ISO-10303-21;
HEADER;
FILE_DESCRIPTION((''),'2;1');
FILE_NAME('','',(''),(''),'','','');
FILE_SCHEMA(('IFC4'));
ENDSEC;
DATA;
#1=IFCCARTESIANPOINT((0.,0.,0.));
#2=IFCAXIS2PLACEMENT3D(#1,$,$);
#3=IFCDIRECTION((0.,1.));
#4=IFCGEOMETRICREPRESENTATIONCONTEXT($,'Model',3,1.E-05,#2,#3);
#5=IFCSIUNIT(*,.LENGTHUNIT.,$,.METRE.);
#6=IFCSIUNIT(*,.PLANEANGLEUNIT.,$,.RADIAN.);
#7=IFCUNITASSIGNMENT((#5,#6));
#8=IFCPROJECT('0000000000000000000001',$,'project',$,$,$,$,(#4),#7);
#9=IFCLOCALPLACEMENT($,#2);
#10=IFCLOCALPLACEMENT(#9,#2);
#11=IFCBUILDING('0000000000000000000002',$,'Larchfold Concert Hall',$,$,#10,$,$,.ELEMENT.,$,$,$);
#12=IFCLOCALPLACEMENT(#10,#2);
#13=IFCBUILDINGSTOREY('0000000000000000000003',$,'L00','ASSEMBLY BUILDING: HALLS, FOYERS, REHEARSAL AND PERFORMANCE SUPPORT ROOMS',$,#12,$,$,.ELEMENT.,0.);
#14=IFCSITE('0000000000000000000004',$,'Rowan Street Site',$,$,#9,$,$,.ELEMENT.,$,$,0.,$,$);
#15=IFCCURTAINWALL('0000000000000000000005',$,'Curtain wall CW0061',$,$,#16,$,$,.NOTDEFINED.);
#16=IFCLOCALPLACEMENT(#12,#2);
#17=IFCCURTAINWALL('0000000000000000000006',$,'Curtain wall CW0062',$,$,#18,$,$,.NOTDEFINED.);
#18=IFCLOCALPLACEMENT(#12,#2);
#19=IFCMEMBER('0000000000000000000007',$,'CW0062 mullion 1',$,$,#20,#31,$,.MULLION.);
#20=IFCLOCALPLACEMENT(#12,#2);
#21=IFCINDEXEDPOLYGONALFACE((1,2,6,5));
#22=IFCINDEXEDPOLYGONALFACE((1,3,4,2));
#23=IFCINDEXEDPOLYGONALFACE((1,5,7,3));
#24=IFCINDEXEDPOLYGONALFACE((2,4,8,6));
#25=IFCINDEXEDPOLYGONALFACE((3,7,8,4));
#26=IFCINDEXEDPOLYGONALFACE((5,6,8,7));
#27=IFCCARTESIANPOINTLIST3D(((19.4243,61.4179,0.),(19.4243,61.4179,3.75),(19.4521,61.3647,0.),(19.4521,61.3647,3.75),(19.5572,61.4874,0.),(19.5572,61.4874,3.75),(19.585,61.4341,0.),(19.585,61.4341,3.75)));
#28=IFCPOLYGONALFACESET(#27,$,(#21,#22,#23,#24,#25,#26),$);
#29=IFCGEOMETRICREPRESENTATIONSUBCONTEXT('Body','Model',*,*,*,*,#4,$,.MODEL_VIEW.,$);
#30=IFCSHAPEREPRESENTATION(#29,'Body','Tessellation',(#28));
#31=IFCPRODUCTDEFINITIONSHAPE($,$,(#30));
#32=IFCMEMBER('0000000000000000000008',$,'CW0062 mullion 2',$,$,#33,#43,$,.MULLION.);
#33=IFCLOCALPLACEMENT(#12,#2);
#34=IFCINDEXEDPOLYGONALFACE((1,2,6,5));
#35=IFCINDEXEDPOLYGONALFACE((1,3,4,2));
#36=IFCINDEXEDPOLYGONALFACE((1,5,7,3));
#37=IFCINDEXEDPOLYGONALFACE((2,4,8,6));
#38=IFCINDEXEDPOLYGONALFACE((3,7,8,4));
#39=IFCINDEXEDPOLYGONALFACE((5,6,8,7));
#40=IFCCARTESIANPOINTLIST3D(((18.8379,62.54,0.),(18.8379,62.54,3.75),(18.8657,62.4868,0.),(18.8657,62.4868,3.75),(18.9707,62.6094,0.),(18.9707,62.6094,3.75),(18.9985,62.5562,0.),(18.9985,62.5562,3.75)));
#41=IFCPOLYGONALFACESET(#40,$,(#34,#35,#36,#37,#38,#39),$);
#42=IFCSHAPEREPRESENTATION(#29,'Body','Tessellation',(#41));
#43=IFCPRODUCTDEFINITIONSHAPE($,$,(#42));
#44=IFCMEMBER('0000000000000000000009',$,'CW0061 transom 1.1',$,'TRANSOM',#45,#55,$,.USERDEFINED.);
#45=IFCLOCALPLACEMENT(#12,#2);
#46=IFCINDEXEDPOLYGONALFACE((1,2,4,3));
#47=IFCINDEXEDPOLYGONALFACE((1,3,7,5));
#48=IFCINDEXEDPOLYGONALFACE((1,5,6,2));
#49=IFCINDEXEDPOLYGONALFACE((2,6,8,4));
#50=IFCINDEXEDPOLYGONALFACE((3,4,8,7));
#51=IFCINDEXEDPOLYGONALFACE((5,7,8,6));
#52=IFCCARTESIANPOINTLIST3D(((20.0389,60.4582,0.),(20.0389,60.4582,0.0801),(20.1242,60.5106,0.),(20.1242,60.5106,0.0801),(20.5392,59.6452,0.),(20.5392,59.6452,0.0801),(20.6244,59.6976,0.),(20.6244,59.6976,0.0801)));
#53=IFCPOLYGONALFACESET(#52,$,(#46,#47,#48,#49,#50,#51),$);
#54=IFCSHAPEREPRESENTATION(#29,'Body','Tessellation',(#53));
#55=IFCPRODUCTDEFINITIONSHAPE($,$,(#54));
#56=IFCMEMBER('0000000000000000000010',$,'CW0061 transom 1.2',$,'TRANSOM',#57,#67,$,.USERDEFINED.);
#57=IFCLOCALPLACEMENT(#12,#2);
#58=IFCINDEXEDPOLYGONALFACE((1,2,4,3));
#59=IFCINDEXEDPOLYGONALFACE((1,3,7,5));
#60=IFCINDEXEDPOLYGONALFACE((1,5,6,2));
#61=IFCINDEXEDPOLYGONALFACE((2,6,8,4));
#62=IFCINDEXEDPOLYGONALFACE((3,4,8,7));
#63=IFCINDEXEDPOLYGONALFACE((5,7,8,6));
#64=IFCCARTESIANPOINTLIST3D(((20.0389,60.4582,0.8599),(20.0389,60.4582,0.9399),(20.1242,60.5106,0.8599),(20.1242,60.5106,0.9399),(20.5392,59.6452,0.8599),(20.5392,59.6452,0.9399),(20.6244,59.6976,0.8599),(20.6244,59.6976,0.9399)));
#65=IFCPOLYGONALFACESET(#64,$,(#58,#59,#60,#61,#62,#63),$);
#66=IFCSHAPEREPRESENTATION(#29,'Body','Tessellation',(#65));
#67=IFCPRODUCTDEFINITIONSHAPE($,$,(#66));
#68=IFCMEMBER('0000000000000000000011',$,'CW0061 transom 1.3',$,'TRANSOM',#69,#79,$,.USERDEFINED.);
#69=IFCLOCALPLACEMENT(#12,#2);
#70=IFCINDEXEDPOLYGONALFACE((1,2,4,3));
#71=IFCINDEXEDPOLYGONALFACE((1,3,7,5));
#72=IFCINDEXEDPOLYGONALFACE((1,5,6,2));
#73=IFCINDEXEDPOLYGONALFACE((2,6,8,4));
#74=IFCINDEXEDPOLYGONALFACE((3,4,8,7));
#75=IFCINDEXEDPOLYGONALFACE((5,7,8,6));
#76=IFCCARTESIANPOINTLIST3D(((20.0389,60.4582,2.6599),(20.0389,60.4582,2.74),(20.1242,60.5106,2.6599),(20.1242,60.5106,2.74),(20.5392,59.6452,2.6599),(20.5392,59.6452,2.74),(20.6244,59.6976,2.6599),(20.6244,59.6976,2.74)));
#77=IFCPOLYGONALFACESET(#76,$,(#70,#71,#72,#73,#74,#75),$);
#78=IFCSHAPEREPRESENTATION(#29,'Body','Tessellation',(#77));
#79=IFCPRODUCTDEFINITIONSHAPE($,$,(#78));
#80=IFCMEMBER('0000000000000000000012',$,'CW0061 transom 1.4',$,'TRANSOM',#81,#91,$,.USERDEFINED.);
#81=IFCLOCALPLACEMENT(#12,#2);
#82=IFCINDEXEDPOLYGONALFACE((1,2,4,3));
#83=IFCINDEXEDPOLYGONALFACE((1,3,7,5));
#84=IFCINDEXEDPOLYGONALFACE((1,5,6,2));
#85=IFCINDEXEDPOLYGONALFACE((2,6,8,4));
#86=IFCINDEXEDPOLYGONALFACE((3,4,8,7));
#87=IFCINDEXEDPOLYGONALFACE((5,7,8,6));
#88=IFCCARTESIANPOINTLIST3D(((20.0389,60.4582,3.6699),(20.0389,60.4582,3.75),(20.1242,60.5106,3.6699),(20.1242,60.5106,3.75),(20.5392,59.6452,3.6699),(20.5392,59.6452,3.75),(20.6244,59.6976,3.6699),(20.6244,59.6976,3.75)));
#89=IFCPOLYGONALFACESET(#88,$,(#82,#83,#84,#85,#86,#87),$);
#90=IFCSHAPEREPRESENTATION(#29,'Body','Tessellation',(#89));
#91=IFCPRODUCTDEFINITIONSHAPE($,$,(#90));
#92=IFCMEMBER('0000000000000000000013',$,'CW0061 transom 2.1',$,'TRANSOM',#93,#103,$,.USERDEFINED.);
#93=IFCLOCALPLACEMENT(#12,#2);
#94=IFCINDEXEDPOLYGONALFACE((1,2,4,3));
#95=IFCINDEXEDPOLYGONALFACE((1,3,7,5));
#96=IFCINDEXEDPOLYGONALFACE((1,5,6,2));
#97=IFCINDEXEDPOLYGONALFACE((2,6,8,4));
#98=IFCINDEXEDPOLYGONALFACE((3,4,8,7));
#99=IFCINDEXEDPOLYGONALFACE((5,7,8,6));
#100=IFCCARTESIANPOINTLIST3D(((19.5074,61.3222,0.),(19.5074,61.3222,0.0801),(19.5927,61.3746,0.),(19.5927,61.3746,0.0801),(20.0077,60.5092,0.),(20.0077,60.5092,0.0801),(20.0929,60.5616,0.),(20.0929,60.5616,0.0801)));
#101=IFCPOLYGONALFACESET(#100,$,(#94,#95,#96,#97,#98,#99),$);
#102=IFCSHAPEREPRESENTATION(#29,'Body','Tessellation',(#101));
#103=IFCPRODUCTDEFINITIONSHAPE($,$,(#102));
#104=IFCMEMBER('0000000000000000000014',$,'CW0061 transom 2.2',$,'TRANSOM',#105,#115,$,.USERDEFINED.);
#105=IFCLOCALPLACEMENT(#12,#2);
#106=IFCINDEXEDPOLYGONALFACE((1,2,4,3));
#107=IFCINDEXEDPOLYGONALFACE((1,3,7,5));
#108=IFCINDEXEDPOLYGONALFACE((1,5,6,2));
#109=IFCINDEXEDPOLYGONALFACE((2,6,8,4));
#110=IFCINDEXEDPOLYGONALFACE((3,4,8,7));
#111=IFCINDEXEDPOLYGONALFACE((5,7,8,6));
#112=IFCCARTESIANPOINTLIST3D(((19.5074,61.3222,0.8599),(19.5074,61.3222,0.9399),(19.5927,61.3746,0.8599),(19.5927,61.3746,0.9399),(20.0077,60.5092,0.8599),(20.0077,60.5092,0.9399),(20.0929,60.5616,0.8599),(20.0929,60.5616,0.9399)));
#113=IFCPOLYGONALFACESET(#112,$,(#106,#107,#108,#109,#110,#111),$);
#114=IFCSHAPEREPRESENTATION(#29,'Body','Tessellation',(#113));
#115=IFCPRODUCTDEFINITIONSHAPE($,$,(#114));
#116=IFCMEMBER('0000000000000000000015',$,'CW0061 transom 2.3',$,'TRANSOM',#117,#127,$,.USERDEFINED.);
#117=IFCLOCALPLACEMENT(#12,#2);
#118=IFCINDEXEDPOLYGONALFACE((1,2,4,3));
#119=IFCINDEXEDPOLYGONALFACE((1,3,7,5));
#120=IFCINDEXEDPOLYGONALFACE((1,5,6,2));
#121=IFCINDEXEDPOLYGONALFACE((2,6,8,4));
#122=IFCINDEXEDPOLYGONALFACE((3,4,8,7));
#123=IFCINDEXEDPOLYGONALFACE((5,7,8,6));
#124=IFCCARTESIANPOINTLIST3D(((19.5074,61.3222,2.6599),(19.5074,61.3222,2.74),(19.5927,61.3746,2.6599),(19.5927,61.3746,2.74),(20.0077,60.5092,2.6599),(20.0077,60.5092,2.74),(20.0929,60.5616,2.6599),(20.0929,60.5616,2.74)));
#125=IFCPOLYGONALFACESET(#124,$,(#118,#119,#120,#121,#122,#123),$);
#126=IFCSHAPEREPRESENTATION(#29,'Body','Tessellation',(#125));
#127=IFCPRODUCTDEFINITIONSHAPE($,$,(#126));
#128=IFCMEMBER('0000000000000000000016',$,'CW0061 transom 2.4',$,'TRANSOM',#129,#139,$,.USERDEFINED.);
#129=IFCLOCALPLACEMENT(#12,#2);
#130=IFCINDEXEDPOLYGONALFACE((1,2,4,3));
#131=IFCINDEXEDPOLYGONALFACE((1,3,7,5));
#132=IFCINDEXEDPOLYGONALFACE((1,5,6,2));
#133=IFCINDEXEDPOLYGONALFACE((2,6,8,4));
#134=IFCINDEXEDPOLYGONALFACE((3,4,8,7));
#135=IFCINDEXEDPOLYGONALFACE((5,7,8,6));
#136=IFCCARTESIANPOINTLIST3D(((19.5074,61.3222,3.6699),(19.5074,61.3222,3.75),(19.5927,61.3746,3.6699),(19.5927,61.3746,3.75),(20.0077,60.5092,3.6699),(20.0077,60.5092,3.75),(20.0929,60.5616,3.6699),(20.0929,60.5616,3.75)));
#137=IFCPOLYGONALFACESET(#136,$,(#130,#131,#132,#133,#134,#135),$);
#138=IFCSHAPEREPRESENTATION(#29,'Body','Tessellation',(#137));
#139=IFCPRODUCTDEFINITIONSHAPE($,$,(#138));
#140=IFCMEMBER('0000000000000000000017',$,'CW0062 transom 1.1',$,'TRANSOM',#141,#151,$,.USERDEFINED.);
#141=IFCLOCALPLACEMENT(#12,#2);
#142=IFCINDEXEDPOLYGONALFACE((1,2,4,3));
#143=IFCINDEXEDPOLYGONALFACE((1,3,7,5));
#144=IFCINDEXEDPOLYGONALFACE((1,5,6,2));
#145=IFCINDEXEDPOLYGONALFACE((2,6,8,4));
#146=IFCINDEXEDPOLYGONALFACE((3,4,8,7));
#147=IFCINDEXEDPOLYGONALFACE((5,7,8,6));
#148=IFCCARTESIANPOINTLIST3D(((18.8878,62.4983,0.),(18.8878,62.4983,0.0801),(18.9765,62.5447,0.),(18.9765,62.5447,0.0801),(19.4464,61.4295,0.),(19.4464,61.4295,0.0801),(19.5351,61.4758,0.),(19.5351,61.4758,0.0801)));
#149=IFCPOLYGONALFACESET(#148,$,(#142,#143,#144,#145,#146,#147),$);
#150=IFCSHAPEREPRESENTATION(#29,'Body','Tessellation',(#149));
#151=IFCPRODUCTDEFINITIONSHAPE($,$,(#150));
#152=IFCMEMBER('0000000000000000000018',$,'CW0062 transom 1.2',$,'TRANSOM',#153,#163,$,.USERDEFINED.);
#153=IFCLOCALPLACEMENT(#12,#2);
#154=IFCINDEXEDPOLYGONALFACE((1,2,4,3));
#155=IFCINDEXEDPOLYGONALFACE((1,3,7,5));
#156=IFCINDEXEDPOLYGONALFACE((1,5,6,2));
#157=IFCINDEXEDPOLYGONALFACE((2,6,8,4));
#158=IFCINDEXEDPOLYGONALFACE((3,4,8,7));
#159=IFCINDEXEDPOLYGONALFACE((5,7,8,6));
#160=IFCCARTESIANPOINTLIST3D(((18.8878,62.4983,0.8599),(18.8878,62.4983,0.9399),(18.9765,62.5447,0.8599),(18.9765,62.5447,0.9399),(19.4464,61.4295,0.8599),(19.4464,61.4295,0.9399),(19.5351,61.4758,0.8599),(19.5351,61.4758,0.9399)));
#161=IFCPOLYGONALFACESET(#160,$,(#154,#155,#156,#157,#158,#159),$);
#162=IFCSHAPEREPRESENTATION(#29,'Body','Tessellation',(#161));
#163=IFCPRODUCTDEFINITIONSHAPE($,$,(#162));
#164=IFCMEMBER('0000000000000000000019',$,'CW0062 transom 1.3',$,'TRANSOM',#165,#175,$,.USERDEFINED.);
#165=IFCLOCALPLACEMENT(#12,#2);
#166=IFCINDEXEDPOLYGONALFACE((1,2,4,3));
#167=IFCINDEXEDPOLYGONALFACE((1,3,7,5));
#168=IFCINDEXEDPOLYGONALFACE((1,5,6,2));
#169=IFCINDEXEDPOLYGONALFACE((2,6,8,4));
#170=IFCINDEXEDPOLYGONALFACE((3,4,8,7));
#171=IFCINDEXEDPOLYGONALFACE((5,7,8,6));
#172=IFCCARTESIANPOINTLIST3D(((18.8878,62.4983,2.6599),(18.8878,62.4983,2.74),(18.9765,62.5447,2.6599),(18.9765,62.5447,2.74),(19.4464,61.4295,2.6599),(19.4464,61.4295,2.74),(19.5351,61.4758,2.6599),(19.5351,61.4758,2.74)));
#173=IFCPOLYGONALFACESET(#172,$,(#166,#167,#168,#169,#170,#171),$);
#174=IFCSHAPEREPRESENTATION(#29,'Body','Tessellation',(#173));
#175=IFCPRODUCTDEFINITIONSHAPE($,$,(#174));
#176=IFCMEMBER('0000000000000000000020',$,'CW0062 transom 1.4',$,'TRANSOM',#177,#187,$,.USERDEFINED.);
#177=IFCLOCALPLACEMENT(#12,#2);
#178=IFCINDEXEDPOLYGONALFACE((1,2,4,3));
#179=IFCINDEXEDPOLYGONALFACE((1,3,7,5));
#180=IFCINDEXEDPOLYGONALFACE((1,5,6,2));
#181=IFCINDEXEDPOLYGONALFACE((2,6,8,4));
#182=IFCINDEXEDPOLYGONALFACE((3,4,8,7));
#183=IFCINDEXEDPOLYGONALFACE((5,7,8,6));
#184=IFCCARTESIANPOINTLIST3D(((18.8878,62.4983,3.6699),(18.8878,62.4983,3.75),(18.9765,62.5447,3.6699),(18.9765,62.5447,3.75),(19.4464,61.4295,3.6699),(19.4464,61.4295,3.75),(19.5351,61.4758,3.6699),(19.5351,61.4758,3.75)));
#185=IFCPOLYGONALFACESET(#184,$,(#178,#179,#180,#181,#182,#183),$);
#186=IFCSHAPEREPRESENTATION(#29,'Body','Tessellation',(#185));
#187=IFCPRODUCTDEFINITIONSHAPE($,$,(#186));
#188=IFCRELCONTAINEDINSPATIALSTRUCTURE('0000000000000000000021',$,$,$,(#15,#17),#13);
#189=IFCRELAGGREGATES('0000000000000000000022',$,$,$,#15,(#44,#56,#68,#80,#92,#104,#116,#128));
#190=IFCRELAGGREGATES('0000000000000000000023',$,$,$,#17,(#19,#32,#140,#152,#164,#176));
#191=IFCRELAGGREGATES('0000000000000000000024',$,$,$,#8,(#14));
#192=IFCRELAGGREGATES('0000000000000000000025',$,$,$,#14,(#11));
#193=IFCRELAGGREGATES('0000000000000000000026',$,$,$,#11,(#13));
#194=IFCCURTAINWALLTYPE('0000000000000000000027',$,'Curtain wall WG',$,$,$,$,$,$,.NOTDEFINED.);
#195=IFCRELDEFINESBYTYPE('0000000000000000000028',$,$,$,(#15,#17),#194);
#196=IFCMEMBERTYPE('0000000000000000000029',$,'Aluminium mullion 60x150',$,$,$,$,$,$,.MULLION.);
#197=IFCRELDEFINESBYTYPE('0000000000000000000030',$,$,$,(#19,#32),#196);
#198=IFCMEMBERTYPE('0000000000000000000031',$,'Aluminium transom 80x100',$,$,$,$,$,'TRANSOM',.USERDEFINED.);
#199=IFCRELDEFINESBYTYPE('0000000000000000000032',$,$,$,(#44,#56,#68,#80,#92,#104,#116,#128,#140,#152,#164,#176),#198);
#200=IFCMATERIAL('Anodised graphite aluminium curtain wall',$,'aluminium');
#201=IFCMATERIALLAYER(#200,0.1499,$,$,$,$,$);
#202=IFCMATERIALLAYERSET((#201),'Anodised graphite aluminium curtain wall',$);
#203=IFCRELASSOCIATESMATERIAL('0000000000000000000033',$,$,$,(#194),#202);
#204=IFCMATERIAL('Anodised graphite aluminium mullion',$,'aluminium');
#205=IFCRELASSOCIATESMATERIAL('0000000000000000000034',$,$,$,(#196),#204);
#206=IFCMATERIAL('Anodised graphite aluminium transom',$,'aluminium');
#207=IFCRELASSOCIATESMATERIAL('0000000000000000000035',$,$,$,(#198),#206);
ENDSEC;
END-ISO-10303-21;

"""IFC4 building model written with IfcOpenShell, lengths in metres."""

from ifc_helpers import new_model, si_unit, direction, frame, origin, origin_2d, place, context, subcontext, project, spatial, rectangle, extrude, material, layer, layer_set, material_profile, profile_set, type_object, element, aggregate, save


model = new_model("IFC4")

# Units and contexts
model_context = context("Model", 3, precision=1e-05, world=origin(), true_north=direction((0.0, 1.0)))
body_context = subcontext(model_context, "Body", "Model", "MODEL_VIEW")
ifc_project = project(units=[si_unit("LENGTHUNIT", "METRE"), si_unit("PLANEANGLEUNIT", "RADIAN")], contexts=[model_context])

# Site, building, storey
site_placement = place(None, origin())
site = spatial("IfcSite", under=ifc_project, at=site_placement, Name="Rowan Street Site", CompositionType="ELEMENT", RefElevation=0.0)
building_placement = place(site_placement, origin())
building = spatial("IfcBuilding", under=site, at=building_placement, Name="Larchfold Concert Hall", CompositionType="ELEMENT")
storey_placement = place(building_placement, origin())
storey = spatial("IfcBuildingStorey", under=building, at=storey_placement, Name="L00", Description="ASSEMBLY BUILDING: HALLS, FOYERS, REHEARSAL AND PERFORMANCE SUPPORT ROOMS", CompositionType="ELEMENT", Elevation=0.0)

# Curtain walls, members
ifc_material_1 = material(Name="Anodised graphite aluminium curtain wall", Category="aluminium")
ifc_layer_1 = layer(ifc_material_1, 0.1499)
ifc_layer_set_1 = layer_set([ifc_layer_1], Name="Anodised graphite aluminium curtain wall")
curtain_wall_type = type_object("IfcCurtainWallType", Name="Curtain wall WG", PredefinedType="NOTDEFINED", material=ifc_layer_set_1)
curtain_wall_1_placement = place(storey_placement, origin())
curtain_wall_1 = element("IfcCurtainWall", 1, at=curtain_wall_1_placement, inside=storey, type_object=curtain_wall_type, Name="Curtain wall CW0061", PredefinedType="NOTDEFINED")
ifc_material_2 = material(Name="Anodised graphite aluminium mullion", Category="aluminium")
ifc_material_profile_1 = material_profile(ifc_material_2, rectangle(XDim=0.1499, YDim=0.0601, at=origin_2d()))
ifc_profile_set_1 = profile_set([ifc_material_profile_1], Name="Anodised graphite aluminium mullion")
member_type_1 = type_object("IfcMemberType", Name="Aluminium mullion 60x150", PredefinedType="MULLION", material=ifc_profile_set_1)
curtain_wall_2_placement = place(storey_placement, origin())
curtain_wall_2 = element("IfcCurtainWall", 2, at=curtain_wall_2_placement, inside=storey, type_object=curtain_wall_type, Name="Curtain wall CW0062", PredefinedType="NOTDEFINED")
member_1_placement = place(storey_placement, frame((19.5046, 61.426, 0.0), z_axis=(0.0, 0.0, 1.0), x_axis=(-0.886259, -0.46319, 0.0)))
member_1 = element("IfcMember", 3, at=member_1_placement, type_object=member_type_1, Name="CW0062 mullion 1", PredefinedType="MULLION", context=body_context, shape_type="SweptSolid", body=[
    extrude(rectangle(XDim=0.1499, YDim=0.0601, at=origin_2d()), origin(), (0.0, 0.0, 1.0), 3.75),
])
member_2_placement = place(storey_placement, frame((18.9182, 62.5481, 0.0), z_axis=(0.0, 0.0, 1.0), x_axis=(-0.886259, -0.46319, 0.0)))
member_2 = element("IfcMember", 4, at=member_2_placement, type_object=member_type_1, Name="CW0062 mullion 2", PredefinedType="MULLION", context=body_context, shape_type="SweptSolid", body=[
    extrude(rectangle(XDim=0.1499, YDim=0.0601, at=origin_2d()), origin(), (0.0, 0.0, 1.0), 3.75),
])

# Members
ifc_material_3 = material(Name="Anodised graphite aluminium transom", Category="aluminium")
ifc_material_profile_2 = material_profile(ifc_material_3, rectangle(XDim=0.1001, YDim=0.0801, at=origin_2d()))
ifc_profile_set_2 = profile_set([ifc_material_profile_2], Name="Anodised graphite aluminium transom")
member_type_2 = type_object("IfcMemberType", Name="Aluminium transom 80x100", ElementType="TRANSOM", PredefinedType="USERDEFINED", material=ifc_profile_set_2)
member_3_placement = place(storey_placement, frame((20.5818, 59.6714, 0.04), z_axis=(-0.524055, 0.851685, 0.0), x_axis=(-0.851685, -0.524055, 0.0)))
member_3 = element("IfcMember", 5, at=member_3_placement, type_object=member_type_2, Name="CW0061 transom 1.1", ObjectType="TRANSOM", PredefinedType="USERDEFINED", context=body_context, shape_type="SweptSolid", body=[
    extrude(rectangle(XDim=0.1001, YDim=0.0801, at=origin_2d()), origin(), (0.0, 0.0, 1.0), 0.9546),
])
member_4_placement = place(storey_placement, frame((20.5818, 59.6714, 0.8999), z_axis=(-0.524055, 0.851685, 0.0), x_axis=(-0.851685, -0.524055, 0.0)))
member_4 = element("IfcMember", 6, at=member_4_placement, type_object=member_type_2, Name="CW0061 transom 1.2", ObjectType="TRANSOM", PredefinedType="USERDEFINED", context=body_context, shape_type="SweptSolid", body=[
    extrude(rectangle(XDim=0.1001, YDim=0.0801, at=origin_2d()), origin(), (0.0, 0.0, 1.0), 0.9546),
])
member_5_placement = place(storey_placement, frame((20.5818, 59.6714, 2.7), z_axis=(-0.524055, 0.851685, 0.0), x_axis=(-0.851685, -0.524055, 0.0)))
member_5 = element("IfcMember", 7, at=member_5_placement, type_object=member_type_2, Name="CW0061 transom 1.3", ObjectType="TRANSOM", PredefinedType="USERDEFINED", context=body_context, shape_type="SweptSolid", body=[
    extrude(rectangle(XDim=0.1001, YDim=0.0801, at=origin_2d()), origin(), (0.0, 0.0, 1.0), 0.9546),
])
member_6_placement = place(storey_placement, frame((20.5818, 59.6714, 3.71), z_axis=(-0.524055, 0.851685, 0.0), x_axis=(-0.851685, -0.524055, 0.0)))
member_6 = element("IfcMember", 8, at=member_6_placement, type_object=member_type_2, Name="CW0061 transom 1.4", ObjectType="TRANSOM", PredefinedType="USERDEFINED", context=body_context, shape_type="SweptSolid", body=[
    extrude(rectangle(XDim=0.1001, YDim=0.0801, at=origin_2d()), origin(), (0.0, 0.0, 1.0), 0.9546),
])
member_7_placement = place(storey_placement, frame((20.0503, 60.5354, 0.04), z_axis=(-0.524055, 0.851685, 0.0), x_axis=(-0.851685, -0.524055, 0.0)))
member_7 = element("IfcMember", 9, at=member_7_placement, type_object=member_type_2, Name="CW0061 transom 2.1", ObjectType="TRANSOM", PredefinedType="USERDEFINED", context=body_context, shape_type="SweptSolid", body=[
    extrude(rectangle(XDim=0.1001, YDim=0.0801, at=origin_2d()), origin(), (0.0, 0.0, 1.0), 0.9546),
])
member_8_placement = place(storey_placement, frame((20.0503, 60.5354, 0.8999), z_axis=(-0.524055, 0.851685, 0.0), x_axis=(-0.851685, -0.524055, 0.0)))
member_8 = element("IfcMember", 10, at=member_8_placement, type_object=member_type_2, Name="CW0061 transom 2.2", ObjectType="TRANSOM", PredefinedType="USERDEFINED", context=body_context, shape_type="SweptSolid", body=[
    extrude(rectangle(XDim=0.1001, YDim=0.0801, at=origin_2d()), origin(), (0.0, 0.0, 1.0), 0.9546),
])
member_9_placement = place(storey_placement, frame((20.0503, 60.5354, 2.7), z_axis=(-0.524055, 0.851685, 0.0), x_axis=(-0.851685, -0.524055, 0.0)))
member_9 = element("IfcMember", 11, at=member_9_placement, type_object=member_type_2, Name="CW0061 transom 2.3", ObjectType="TRANSOM", PredefinedType="USERDEFINED", context=body_context, shape_type="SweptSolid", body=[
    extrude(rectangle(XDim=0.1001, YDim=0.0801, at=origin_2d()), origin(), (0.0, 0.0, 1.0), 0.9546),
])
member_10_placement = place(storey_placement, frame((20.0503, 60.5354, 3.71), z_axis=(-0.524055, 0.851685, 0.0), x_axis=(-0.851685, -0.524055, 0.0)))
member_10 = element("IfcMember", 12, at=member_10_placement, type_object=member_type_2, Name="CW0061 transom 2.4", ObjectType="TRANSOM", PredefinedType="USERDEFINED", context=body_context, shape_type="SweptSolid", body=[
    extrude(rectangle(XDim=0.1001, YDim=0.0801, at=origin_2d()), origin(), (0.0, 0.0, 1.0), 0.9546),
])
member_11_placement = place(storey_placement, frame((19.4907, 61.4526, 0.04), z_axis=(-0.463175, 0.886267, 0.0), x_axis=(-0.886267, -0.463175, 0.0)))
member_11 = element("IfcMember", 13, at=member_11_placement, type_object=member_type_2, Name="CW0062 transom 1.1", ObjectType="TRANSOM", PredefinedType="USERDEFINED", context=body_context, shape_type="SweptSolid", body=[
    extrude(rectangle(XDim=0.1001, YDim=0.0801, at=origin_2d()), origin(), (0.0, 0.0, 1.0), 1.2061),
])
member_12_placement = place(storey_placement, frame((19.4907, 61.4526, 0.8999), z_axis=(-0.463175, 0.886267, 0.0), x_axis=(-0.886267, -0.463175, 0.0)))
member_12 = element("IfcMember", 14, at=member_12_placement, type_object=member_type_2, Name="CW0062 transom 1.2", ObjectType="TRANSOM", PredefinedType="USERDEFINED", context=body_context, shape_type="SweptSolid", body=[
    extrude(rectangle(XDim=0.1001, YDim=0.0801, at=origin_2d()), origin(), (0.0, 0.0, 1.0), 1.2061),
])
member_13_placement = place(storey_placement, frame((19.4907, 61.4526, 2.7), z_axis=(-0.463175, 0.886267, 0.0), x_axis=(-0.886267, -0.463175, 0.0)))
member_13 = element("IfcMember", 15, at=member_13_placement, type_object=member_type_2, Name="CW0062 transom 1.3", ObjectType="TRANSOM", PredefinedType="USERDEFINED", context=body_context, shape_type="SweptSolid", body=[
    extrude(rectangle(XDim=0.1001, YDim=0.0801, at=origin_2d()), origin(), (0.0, 0.0, 1.0), 1.2061),
])
member_14_placement = place(storey_placement, frame((19.4907, 61.4526, 3.71), z_axis=(-0.463175, 0.886267, 0.0), x_axis=(-0.886267, -0.463175, 0.0)))
member_14 = element("IfcMember", 16, at=member_14_placement, type_object=member_type_2, Name="CW0062 transom 1.4", ObjectType="TRANSOM", PredefinedType="USERDEFINED", context=body_context, shape_type="SweptSolid", body=[
    extrude(rectangle(XDim=0.1001, YDim=0.0801, at=origin_2d()), origin(), (0.0, 0.0, 1.0), 1.2061),
])

aggregate(curtain_wall_1, [member_3, member_4, member_5, member_6, member_7, member_8, member_9, member_10])
aggregate(curtain_wall_2, [member_1, member_2, member_11, member_12, member_13, member_14])

save(model, "model.ifc")
